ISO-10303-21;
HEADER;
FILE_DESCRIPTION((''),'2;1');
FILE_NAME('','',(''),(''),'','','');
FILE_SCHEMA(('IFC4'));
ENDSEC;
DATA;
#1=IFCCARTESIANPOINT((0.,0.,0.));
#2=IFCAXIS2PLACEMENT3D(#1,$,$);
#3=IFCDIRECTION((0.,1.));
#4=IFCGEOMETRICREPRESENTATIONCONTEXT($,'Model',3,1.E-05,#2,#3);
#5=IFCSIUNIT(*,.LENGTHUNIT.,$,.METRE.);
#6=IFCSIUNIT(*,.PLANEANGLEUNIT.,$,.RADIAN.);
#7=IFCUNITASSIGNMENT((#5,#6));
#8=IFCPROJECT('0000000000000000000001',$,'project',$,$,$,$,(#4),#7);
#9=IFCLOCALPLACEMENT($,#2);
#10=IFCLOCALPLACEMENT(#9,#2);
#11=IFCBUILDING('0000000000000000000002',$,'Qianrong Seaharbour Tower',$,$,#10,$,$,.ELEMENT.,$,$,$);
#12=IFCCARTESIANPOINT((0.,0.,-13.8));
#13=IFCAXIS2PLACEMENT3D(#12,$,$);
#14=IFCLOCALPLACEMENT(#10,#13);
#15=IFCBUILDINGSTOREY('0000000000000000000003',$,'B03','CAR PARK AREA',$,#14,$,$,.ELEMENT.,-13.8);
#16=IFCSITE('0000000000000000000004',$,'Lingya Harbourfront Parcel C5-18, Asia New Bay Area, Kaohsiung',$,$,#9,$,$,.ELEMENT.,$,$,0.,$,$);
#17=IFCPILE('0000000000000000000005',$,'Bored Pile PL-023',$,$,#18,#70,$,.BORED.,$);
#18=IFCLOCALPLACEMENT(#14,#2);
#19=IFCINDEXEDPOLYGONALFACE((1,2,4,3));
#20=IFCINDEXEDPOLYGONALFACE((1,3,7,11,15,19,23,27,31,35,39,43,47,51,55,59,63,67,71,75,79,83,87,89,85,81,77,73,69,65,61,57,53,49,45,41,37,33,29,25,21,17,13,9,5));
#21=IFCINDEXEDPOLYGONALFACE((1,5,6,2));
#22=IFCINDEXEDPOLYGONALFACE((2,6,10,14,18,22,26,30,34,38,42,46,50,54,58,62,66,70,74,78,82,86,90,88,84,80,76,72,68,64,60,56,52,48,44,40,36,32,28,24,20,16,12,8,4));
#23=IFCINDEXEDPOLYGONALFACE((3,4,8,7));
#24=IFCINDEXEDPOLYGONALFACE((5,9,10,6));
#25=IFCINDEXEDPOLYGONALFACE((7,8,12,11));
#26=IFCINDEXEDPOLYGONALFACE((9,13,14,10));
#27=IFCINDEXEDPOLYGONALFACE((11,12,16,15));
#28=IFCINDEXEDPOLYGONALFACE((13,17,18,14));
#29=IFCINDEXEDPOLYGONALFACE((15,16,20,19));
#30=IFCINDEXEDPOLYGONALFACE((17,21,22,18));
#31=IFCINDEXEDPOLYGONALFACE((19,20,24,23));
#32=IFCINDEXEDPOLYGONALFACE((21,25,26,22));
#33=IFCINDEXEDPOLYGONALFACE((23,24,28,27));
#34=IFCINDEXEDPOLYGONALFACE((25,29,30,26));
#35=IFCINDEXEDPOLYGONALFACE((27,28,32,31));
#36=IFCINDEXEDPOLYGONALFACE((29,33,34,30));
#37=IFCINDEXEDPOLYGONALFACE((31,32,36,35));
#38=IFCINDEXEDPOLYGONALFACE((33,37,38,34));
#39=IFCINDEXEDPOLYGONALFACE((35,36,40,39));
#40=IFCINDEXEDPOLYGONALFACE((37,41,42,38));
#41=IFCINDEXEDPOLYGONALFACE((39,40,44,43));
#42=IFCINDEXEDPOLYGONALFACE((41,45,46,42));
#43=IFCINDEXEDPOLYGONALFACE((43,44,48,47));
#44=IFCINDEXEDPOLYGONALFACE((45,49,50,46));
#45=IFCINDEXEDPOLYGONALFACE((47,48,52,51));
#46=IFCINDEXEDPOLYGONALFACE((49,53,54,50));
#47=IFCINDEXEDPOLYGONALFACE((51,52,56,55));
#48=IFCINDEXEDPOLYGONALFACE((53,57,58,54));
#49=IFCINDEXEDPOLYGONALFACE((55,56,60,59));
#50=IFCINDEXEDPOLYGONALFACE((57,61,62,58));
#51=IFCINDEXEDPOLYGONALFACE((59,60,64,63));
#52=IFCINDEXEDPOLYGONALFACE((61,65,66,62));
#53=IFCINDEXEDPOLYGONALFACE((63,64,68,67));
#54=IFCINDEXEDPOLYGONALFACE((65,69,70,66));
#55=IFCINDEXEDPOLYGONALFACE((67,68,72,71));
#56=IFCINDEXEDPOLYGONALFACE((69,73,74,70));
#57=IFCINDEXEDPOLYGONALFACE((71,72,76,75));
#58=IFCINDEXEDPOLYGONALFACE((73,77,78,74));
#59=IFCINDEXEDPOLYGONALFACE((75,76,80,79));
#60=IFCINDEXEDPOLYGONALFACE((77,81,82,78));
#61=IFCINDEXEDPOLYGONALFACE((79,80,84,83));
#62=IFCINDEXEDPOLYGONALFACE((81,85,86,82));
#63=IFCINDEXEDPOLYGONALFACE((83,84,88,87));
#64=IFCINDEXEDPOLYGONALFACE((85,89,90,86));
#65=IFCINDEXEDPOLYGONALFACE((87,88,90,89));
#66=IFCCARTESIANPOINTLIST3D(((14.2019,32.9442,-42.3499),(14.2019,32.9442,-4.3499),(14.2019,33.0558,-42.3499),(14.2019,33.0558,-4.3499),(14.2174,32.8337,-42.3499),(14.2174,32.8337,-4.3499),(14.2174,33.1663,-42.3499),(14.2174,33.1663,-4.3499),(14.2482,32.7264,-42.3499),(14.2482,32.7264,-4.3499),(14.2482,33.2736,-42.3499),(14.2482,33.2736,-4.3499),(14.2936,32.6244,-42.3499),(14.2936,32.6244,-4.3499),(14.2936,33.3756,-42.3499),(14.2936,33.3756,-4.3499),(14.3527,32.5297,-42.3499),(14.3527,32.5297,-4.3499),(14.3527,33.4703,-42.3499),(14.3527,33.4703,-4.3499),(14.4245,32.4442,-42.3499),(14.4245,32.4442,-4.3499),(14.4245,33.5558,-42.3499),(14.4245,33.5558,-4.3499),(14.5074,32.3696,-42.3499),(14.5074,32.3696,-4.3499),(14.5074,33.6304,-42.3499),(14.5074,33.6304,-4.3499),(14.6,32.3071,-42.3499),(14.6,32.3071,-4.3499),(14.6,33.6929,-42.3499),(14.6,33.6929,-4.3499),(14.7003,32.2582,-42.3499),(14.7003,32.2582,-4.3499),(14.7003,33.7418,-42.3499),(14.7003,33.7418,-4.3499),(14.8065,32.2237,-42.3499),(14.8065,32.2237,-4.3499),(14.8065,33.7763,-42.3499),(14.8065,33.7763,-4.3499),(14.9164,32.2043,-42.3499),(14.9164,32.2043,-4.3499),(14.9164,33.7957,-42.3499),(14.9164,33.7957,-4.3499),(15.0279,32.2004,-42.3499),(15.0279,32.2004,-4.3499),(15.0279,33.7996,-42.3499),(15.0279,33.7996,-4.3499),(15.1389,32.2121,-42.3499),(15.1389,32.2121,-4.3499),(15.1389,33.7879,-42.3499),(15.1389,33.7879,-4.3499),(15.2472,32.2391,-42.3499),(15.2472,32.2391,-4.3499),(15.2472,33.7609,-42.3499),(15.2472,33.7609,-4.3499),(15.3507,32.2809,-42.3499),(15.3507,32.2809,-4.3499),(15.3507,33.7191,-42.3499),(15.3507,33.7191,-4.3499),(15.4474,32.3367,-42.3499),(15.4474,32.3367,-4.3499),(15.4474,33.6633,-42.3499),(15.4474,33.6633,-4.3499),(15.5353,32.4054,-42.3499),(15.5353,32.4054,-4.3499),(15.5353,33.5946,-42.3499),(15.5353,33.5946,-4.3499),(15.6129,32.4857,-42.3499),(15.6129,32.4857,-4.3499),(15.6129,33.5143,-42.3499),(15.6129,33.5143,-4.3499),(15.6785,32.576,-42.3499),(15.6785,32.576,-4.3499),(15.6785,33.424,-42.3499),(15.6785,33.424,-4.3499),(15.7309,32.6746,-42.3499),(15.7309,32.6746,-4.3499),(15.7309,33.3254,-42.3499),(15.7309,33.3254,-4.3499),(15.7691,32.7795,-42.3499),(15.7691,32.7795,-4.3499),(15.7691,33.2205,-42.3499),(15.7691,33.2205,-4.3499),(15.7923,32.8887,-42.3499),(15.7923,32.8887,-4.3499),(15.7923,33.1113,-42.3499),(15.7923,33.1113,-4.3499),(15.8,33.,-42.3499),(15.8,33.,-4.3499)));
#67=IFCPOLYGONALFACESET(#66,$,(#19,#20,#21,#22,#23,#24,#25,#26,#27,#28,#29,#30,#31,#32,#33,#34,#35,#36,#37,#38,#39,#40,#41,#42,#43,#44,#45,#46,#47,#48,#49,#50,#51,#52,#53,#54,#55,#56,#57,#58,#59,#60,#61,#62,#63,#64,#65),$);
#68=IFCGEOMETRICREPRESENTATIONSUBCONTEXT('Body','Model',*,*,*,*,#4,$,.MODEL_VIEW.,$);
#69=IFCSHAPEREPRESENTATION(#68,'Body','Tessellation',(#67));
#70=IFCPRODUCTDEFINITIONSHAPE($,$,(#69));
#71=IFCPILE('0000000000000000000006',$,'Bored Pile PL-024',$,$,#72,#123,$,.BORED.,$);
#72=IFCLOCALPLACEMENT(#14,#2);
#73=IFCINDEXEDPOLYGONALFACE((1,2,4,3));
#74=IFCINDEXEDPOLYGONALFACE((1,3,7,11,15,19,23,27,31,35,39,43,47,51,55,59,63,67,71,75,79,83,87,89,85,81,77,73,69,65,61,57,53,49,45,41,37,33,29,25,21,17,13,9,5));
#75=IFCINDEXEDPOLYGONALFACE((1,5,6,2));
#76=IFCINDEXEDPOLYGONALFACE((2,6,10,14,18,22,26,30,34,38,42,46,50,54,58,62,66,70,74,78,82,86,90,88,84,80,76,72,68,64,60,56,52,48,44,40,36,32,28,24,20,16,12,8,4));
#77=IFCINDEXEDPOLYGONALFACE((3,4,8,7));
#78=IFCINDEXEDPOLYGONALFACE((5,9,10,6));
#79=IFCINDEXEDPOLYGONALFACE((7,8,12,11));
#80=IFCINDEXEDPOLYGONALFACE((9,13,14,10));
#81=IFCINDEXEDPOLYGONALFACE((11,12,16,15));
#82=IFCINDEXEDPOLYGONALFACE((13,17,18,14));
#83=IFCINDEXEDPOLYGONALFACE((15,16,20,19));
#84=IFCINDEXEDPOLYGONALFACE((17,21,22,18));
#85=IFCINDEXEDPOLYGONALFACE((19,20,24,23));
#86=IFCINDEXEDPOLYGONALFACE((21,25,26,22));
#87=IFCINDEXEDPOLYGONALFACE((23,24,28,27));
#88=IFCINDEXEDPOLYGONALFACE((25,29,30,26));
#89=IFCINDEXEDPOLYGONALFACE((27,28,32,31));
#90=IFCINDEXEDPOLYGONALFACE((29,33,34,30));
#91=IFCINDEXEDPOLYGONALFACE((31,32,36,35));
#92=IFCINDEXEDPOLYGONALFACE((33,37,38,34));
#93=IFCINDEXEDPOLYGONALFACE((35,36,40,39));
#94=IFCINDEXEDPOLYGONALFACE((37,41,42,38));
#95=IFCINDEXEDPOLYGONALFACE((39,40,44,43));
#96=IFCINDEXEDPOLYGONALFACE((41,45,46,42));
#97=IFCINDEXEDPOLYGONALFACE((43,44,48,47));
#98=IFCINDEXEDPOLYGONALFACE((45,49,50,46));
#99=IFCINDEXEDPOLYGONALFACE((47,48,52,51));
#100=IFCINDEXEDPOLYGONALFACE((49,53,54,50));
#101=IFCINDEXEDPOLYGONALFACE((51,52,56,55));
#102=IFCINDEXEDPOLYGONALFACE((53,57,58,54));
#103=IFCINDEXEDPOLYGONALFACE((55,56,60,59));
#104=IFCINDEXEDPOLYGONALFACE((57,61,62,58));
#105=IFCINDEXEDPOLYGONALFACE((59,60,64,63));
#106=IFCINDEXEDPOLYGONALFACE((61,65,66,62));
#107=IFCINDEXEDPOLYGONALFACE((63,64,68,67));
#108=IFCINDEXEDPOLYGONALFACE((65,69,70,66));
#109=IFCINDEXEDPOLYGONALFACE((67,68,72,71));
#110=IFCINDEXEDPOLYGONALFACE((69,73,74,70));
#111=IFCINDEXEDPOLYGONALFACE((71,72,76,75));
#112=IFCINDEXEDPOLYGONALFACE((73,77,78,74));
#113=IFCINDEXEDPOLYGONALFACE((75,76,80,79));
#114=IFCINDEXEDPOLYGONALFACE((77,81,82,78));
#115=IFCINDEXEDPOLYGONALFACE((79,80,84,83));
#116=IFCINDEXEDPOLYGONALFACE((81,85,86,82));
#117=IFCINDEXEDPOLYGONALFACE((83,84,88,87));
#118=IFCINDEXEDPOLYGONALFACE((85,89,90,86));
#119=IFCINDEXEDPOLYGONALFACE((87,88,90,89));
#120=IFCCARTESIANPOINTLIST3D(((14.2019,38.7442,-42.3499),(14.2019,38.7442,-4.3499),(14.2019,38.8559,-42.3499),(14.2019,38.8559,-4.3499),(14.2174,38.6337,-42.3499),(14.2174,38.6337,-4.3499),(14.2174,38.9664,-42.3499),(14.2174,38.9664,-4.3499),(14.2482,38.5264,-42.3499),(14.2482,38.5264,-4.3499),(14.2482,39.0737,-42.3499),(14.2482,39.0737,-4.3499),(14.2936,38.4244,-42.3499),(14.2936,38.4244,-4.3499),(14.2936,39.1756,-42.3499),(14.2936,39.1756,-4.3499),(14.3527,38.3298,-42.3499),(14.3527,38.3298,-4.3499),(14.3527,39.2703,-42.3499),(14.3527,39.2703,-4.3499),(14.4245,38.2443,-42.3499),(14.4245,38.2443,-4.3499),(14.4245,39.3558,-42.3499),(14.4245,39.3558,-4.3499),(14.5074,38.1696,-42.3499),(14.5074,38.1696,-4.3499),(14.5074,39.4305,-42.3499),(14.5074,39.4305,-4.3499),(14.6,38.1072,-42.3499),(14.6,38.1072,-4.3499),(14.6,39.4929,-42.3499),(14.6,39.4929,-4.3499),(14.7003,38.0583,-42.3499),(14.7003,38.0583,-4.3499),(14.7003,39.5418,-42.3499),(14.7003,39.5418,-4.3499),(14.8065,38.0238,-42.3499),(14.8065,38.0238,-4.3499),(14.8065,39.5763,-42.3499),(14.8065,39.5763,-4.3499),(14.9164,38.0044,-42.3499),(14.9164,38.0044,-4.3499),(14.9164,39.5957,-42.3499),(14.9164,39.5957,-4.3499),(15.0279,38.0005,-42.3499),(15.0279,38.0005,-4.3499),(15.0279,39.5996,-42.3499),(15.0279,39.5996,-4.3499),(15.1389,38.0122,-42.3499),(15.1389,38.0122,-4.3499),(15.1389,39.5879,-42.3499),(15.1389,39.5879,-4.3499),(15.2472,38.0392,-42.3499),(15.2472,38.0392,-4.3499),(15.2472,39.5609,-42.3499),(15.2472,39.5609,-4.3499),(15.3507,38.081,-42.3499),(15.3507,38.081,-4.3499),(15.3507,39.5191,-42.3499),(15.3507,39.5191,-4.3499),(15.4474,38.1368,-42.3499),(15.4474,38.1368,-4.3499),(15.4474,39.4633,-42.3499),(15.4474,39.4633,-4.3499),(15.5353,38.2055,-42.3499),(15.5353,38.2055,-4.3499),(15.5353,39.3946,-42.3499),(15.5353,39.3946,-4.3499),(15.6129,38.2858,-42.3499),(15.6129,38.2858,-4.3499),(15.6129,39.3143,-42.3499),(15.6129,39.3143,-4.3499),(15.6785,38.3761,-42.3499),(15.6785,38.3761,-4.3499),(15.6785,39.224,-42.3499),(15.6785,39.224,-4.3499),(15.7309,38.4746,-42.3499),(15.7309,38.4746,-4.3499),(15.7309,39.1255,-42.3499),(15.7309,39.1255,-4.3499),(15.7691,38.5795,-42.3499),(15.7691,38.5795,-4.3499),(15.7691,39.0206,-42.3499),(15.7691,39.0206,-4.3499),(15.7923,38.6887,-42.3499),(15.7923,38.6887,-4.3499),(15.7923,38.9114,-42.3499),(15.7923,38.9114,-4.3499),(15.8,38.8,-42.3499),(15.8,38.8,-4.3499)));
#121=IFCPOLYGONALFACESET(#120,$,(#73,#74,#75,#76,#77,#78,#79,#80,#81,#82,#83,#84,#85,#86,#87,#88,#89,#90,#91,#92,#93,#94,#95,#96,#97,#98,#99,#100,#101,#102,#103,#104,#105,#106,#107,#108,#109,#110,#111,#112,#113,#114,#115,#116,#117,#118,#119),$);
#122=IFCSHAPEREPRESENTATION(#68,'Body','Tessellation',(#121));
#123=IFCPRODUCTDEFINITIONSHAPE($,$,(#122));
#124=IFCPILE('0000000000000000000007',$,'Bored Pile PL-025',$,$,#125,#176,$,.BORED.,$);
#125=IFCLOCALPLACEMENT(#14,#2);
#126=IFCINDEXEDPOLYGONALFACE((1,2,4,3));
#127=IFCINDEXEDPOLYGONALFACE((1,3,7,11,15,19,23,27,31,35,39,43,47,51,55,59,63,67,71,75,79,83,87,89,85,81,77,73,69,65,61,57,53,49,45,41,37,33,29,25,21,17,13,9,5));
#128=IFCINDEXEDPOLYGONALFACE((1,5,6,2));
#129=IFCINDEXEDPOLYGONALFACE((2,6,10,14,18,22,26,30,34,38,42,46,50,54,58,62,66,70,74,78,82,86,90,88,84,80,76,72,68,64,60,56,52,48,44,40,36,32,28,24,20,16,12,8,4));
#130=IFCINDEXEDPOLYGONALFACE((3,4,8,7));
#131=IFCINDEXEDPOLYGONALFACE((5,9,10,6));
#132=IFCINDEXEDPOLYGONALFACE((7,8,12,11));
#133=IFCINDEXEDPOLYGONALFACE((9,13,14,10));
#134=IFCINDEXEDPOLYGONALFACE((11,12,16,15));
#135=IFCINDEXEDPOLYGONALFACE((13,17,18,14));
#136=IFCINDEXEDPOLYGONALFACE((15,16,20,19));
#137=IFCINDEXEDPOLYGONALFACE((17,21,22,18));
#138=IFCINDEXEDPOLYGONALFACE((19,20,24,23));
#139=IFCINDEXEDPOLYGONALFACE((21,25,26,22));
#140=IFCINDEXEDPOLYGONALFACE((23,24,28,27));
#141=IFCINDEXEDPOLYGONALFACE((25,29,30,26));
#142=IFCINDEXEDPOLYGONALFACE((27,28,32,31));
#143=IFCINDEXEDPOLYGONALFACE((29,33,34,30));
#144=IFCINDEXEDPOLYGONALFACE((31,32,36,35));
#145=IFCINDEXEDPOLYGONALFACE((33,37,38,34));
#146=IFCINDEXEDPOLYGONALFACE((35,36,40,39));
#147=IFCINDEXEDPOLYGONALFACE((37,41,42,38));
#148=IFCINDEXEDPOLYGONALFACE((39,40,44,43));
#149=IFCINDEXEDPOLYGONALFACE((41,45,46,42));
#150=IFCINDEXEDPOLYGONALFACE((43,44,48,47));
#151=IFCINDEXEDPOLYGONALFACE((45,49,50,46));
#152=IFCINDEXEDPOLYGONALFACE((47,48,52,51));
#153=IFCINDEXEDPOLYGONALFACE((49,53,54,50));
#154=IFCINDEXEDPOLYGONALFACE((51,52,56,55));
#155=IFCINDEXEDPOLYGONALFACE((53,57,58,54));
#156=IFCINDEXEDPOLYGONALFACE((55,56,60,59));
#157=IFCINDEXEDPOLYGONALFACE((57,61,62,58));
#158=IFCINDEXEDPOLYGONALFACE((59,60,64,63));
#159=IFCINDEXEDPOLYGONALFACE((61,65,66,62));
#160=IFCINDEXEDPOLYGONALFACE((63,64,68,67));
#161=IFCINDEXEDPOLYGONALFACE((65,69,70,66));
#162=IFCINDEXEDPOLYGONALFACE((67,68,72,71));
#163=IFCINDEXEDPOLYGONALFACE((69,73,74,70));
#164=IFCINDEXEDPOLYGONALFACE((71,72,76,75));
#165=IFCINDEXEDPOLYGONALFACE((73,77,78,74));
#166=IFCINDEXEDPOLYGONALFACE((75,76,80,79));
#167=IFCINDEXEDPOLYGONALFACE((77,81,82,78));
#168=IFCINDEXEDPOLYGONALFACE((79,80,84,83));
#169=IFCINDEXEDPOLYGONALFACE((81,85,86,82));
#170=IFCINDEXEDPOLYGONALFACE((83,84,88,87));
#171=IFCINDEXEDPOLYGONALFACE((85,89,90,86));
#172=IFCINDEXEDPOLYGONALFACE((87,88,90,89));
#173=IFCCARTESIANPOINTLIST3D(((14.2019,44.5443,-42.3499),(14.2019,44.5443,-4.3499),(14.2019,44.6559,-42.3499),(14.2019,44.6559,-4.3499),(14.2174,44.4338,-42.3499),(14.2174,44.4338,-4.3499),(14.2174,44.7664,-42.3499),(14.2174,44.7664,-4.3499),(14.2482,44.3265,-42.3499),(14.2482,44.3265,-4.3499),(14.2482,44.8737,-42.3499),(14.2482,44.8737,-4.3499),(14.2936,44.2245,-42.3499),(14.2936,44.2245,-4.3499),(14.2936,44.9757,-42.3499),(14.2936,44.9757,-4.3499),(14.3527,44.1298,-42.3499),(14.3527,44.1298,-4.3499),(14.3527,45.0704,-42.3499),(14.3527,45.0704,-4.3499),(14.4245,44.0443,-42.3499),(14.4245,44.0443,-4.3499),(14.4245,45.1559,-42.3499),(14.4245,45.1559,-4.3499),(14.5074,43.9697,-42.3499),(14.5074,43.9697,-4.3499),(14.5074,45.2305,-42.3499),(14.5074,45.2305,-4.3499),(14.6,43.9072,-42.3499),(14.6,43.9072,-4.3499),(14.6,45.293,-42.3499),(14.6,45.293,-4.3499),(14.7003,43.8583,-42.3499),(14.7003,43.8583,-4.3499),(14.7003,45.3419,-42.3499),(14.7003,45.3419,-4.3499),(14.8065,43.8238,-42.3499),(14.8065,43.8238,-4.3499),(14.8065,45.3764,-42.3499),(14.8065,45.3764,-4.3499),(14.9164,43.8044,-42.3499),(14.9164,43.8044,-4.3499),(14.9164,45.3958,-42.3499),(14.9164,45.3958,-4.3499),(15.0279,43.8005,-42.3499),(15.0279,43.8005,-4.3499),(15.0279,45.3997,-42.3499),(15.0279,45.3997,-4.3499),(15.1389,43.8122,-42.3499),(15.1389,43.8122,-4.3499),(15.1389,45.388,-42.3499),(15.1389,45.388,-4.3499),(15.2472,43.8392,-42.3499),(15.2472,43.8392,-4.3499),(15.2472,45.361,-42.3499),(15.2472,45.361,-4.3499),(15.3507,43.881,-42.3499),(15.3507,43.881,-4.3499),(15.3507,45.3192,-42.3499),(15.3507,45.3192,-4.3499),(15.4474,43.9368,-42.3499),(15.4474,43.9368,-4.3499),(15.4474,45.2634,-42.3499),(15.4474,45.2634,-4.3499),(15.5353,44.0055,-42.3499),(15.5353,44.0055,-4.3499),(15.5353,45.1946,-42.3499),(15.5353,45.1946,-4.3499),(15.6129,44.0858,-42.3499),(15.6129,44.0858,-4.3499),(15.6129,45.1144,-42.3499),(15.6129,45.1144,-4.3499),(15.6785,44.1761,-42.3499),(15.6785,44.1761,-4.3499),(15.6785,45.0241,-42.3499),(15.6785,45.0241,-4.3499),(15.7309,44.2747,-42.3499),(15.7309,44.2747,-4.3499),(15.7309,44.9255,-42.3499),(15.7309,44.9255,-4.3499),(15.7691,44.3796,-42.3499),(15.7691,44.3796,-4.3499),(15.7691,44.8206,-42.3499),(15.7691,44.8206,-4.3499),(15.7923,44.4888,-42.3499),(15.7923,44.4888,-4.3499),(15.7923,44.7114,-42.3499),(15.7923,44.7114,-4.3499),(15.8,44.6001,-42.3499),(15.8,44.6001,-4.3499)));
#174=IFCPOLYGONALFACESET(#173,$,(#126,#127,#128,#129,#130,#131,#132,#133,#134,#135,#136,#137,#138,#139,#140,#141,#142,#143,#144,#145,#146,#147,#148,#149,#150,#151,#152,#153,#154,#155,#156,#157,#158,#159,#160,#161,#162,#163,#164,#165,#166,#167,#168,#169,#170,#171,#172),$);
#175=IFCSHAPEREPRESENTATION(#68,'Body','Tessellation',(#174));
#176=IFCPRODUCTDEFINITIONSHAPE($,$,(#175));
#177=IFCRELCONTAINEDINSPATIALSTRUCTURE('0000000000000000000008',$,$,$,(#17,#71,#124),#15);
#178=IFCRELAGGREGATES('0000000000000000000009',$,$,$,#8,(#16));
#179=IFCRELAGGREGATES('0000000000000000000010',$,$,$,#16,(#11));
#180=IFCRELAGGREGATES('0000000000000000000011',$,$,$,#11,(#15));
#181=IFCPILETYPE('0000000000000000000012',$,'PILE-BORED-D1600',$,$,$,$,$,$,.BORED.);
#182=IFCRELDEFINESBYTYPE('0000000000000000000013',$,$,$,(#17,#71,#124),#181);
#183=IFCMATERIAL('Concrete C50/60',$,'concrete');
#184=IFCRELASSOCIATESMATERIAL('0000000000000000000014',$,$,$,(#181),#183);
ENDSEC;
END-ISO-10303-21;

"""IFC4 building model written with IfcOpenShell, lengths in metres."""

from ifc_helpers import new_model, si_unit, direction, frame, origin, origin_2d, place, context, subcontext, project, spatial, circle, extrude, material, material_profile, profile_set, type_object, element, save


model = new_model("IFC4")

# Units and contexts
model_context = context("Model", 3, precision=1e-05, world=origin(), true_north=direction((0.0, 1.0)))
body_context = subcontext(model_context, "Body", "Model", "MODEL_VIEW")
ifc_project = project(units=[si_unit("LENGTHUNIT", "METRE"), si_unit("PLANEANGLEUNIT", "RADIAN")], contexts=[model_context])

# Site, building, storey
site_placement = place(None, origin())
site = spatial("IfcSite", under=ifc_project, at=site_placement, Name="Lingya Harbourfront Parcel C5-18, Asia New Bay Area, Kaohsiung", CompositionType="ELEMENT", RefElevation=0.0)
building_placement = place(site_placement, origin())
building = spatial("IfcBuilding", under=site, at=building_placement, Name="Qianrong Seaharbour Tower", CompositionType="ELEMENT")
storey_placement = place(building_placement, frame((0.0, 0.0, -13.8)))
storey = spatial("IfcBuildingStorey", under=building, at=storey_placement, Name="B03", Description="CAR PARK AREA", CompositionType="ELEMENT", Elevation=-13.8)

# Piles
ifc_material_1 = material(Name="Concrete C50/60", Category="concrete")
ifc_material_profile_1 = material_profile(ifc_material_1, circle(Radius=0.8, at=origin_2d()), Name="PILE-D1600")
ifc_profile_set_1 = profile_set([ifc_material_profile_1], Name="Concrete C50/60")
pile_type_1 = type_object("IfcPileType", Name="PILE-BORED-D1600", PredefinedType="BORED", material=ifc_profile_set_1)
for number, where, z_axis, x_axis, name in (
    (1, (15.0, 33.0, -4.3499), (0.0, 0.0, -1.0), (1.0, 0.0, 0.0), "Bored Pile PL-023"),
    (2, (15.0, 38.8, -4.3499), (0.0, 0.0, -1.0), (1.0, 0.0, 0.0), "Bored Pile PL-024"),
    (3, (15.0, 44.6001, -4.3499), (0.0, 0.0, -1.0), (1.0, 0.0, 0.0), "Bored Pile PL-025"),
):
    element("IfcPile", number, at=place(storey_placement, frame(where, z_axis=z_axis, x_axis=x_axis)), inside=storey, type_object=pile_type_1, Name=name, PredefinedType="BORED", context=body_context, shape_type="SweptSolid", body=[
        extrude(circle(Radius=0.8, at=origin_2d()), origin(), (0.0, 0.0, 1.0), 38.0),
    ])

save(model, "model.ifc")
